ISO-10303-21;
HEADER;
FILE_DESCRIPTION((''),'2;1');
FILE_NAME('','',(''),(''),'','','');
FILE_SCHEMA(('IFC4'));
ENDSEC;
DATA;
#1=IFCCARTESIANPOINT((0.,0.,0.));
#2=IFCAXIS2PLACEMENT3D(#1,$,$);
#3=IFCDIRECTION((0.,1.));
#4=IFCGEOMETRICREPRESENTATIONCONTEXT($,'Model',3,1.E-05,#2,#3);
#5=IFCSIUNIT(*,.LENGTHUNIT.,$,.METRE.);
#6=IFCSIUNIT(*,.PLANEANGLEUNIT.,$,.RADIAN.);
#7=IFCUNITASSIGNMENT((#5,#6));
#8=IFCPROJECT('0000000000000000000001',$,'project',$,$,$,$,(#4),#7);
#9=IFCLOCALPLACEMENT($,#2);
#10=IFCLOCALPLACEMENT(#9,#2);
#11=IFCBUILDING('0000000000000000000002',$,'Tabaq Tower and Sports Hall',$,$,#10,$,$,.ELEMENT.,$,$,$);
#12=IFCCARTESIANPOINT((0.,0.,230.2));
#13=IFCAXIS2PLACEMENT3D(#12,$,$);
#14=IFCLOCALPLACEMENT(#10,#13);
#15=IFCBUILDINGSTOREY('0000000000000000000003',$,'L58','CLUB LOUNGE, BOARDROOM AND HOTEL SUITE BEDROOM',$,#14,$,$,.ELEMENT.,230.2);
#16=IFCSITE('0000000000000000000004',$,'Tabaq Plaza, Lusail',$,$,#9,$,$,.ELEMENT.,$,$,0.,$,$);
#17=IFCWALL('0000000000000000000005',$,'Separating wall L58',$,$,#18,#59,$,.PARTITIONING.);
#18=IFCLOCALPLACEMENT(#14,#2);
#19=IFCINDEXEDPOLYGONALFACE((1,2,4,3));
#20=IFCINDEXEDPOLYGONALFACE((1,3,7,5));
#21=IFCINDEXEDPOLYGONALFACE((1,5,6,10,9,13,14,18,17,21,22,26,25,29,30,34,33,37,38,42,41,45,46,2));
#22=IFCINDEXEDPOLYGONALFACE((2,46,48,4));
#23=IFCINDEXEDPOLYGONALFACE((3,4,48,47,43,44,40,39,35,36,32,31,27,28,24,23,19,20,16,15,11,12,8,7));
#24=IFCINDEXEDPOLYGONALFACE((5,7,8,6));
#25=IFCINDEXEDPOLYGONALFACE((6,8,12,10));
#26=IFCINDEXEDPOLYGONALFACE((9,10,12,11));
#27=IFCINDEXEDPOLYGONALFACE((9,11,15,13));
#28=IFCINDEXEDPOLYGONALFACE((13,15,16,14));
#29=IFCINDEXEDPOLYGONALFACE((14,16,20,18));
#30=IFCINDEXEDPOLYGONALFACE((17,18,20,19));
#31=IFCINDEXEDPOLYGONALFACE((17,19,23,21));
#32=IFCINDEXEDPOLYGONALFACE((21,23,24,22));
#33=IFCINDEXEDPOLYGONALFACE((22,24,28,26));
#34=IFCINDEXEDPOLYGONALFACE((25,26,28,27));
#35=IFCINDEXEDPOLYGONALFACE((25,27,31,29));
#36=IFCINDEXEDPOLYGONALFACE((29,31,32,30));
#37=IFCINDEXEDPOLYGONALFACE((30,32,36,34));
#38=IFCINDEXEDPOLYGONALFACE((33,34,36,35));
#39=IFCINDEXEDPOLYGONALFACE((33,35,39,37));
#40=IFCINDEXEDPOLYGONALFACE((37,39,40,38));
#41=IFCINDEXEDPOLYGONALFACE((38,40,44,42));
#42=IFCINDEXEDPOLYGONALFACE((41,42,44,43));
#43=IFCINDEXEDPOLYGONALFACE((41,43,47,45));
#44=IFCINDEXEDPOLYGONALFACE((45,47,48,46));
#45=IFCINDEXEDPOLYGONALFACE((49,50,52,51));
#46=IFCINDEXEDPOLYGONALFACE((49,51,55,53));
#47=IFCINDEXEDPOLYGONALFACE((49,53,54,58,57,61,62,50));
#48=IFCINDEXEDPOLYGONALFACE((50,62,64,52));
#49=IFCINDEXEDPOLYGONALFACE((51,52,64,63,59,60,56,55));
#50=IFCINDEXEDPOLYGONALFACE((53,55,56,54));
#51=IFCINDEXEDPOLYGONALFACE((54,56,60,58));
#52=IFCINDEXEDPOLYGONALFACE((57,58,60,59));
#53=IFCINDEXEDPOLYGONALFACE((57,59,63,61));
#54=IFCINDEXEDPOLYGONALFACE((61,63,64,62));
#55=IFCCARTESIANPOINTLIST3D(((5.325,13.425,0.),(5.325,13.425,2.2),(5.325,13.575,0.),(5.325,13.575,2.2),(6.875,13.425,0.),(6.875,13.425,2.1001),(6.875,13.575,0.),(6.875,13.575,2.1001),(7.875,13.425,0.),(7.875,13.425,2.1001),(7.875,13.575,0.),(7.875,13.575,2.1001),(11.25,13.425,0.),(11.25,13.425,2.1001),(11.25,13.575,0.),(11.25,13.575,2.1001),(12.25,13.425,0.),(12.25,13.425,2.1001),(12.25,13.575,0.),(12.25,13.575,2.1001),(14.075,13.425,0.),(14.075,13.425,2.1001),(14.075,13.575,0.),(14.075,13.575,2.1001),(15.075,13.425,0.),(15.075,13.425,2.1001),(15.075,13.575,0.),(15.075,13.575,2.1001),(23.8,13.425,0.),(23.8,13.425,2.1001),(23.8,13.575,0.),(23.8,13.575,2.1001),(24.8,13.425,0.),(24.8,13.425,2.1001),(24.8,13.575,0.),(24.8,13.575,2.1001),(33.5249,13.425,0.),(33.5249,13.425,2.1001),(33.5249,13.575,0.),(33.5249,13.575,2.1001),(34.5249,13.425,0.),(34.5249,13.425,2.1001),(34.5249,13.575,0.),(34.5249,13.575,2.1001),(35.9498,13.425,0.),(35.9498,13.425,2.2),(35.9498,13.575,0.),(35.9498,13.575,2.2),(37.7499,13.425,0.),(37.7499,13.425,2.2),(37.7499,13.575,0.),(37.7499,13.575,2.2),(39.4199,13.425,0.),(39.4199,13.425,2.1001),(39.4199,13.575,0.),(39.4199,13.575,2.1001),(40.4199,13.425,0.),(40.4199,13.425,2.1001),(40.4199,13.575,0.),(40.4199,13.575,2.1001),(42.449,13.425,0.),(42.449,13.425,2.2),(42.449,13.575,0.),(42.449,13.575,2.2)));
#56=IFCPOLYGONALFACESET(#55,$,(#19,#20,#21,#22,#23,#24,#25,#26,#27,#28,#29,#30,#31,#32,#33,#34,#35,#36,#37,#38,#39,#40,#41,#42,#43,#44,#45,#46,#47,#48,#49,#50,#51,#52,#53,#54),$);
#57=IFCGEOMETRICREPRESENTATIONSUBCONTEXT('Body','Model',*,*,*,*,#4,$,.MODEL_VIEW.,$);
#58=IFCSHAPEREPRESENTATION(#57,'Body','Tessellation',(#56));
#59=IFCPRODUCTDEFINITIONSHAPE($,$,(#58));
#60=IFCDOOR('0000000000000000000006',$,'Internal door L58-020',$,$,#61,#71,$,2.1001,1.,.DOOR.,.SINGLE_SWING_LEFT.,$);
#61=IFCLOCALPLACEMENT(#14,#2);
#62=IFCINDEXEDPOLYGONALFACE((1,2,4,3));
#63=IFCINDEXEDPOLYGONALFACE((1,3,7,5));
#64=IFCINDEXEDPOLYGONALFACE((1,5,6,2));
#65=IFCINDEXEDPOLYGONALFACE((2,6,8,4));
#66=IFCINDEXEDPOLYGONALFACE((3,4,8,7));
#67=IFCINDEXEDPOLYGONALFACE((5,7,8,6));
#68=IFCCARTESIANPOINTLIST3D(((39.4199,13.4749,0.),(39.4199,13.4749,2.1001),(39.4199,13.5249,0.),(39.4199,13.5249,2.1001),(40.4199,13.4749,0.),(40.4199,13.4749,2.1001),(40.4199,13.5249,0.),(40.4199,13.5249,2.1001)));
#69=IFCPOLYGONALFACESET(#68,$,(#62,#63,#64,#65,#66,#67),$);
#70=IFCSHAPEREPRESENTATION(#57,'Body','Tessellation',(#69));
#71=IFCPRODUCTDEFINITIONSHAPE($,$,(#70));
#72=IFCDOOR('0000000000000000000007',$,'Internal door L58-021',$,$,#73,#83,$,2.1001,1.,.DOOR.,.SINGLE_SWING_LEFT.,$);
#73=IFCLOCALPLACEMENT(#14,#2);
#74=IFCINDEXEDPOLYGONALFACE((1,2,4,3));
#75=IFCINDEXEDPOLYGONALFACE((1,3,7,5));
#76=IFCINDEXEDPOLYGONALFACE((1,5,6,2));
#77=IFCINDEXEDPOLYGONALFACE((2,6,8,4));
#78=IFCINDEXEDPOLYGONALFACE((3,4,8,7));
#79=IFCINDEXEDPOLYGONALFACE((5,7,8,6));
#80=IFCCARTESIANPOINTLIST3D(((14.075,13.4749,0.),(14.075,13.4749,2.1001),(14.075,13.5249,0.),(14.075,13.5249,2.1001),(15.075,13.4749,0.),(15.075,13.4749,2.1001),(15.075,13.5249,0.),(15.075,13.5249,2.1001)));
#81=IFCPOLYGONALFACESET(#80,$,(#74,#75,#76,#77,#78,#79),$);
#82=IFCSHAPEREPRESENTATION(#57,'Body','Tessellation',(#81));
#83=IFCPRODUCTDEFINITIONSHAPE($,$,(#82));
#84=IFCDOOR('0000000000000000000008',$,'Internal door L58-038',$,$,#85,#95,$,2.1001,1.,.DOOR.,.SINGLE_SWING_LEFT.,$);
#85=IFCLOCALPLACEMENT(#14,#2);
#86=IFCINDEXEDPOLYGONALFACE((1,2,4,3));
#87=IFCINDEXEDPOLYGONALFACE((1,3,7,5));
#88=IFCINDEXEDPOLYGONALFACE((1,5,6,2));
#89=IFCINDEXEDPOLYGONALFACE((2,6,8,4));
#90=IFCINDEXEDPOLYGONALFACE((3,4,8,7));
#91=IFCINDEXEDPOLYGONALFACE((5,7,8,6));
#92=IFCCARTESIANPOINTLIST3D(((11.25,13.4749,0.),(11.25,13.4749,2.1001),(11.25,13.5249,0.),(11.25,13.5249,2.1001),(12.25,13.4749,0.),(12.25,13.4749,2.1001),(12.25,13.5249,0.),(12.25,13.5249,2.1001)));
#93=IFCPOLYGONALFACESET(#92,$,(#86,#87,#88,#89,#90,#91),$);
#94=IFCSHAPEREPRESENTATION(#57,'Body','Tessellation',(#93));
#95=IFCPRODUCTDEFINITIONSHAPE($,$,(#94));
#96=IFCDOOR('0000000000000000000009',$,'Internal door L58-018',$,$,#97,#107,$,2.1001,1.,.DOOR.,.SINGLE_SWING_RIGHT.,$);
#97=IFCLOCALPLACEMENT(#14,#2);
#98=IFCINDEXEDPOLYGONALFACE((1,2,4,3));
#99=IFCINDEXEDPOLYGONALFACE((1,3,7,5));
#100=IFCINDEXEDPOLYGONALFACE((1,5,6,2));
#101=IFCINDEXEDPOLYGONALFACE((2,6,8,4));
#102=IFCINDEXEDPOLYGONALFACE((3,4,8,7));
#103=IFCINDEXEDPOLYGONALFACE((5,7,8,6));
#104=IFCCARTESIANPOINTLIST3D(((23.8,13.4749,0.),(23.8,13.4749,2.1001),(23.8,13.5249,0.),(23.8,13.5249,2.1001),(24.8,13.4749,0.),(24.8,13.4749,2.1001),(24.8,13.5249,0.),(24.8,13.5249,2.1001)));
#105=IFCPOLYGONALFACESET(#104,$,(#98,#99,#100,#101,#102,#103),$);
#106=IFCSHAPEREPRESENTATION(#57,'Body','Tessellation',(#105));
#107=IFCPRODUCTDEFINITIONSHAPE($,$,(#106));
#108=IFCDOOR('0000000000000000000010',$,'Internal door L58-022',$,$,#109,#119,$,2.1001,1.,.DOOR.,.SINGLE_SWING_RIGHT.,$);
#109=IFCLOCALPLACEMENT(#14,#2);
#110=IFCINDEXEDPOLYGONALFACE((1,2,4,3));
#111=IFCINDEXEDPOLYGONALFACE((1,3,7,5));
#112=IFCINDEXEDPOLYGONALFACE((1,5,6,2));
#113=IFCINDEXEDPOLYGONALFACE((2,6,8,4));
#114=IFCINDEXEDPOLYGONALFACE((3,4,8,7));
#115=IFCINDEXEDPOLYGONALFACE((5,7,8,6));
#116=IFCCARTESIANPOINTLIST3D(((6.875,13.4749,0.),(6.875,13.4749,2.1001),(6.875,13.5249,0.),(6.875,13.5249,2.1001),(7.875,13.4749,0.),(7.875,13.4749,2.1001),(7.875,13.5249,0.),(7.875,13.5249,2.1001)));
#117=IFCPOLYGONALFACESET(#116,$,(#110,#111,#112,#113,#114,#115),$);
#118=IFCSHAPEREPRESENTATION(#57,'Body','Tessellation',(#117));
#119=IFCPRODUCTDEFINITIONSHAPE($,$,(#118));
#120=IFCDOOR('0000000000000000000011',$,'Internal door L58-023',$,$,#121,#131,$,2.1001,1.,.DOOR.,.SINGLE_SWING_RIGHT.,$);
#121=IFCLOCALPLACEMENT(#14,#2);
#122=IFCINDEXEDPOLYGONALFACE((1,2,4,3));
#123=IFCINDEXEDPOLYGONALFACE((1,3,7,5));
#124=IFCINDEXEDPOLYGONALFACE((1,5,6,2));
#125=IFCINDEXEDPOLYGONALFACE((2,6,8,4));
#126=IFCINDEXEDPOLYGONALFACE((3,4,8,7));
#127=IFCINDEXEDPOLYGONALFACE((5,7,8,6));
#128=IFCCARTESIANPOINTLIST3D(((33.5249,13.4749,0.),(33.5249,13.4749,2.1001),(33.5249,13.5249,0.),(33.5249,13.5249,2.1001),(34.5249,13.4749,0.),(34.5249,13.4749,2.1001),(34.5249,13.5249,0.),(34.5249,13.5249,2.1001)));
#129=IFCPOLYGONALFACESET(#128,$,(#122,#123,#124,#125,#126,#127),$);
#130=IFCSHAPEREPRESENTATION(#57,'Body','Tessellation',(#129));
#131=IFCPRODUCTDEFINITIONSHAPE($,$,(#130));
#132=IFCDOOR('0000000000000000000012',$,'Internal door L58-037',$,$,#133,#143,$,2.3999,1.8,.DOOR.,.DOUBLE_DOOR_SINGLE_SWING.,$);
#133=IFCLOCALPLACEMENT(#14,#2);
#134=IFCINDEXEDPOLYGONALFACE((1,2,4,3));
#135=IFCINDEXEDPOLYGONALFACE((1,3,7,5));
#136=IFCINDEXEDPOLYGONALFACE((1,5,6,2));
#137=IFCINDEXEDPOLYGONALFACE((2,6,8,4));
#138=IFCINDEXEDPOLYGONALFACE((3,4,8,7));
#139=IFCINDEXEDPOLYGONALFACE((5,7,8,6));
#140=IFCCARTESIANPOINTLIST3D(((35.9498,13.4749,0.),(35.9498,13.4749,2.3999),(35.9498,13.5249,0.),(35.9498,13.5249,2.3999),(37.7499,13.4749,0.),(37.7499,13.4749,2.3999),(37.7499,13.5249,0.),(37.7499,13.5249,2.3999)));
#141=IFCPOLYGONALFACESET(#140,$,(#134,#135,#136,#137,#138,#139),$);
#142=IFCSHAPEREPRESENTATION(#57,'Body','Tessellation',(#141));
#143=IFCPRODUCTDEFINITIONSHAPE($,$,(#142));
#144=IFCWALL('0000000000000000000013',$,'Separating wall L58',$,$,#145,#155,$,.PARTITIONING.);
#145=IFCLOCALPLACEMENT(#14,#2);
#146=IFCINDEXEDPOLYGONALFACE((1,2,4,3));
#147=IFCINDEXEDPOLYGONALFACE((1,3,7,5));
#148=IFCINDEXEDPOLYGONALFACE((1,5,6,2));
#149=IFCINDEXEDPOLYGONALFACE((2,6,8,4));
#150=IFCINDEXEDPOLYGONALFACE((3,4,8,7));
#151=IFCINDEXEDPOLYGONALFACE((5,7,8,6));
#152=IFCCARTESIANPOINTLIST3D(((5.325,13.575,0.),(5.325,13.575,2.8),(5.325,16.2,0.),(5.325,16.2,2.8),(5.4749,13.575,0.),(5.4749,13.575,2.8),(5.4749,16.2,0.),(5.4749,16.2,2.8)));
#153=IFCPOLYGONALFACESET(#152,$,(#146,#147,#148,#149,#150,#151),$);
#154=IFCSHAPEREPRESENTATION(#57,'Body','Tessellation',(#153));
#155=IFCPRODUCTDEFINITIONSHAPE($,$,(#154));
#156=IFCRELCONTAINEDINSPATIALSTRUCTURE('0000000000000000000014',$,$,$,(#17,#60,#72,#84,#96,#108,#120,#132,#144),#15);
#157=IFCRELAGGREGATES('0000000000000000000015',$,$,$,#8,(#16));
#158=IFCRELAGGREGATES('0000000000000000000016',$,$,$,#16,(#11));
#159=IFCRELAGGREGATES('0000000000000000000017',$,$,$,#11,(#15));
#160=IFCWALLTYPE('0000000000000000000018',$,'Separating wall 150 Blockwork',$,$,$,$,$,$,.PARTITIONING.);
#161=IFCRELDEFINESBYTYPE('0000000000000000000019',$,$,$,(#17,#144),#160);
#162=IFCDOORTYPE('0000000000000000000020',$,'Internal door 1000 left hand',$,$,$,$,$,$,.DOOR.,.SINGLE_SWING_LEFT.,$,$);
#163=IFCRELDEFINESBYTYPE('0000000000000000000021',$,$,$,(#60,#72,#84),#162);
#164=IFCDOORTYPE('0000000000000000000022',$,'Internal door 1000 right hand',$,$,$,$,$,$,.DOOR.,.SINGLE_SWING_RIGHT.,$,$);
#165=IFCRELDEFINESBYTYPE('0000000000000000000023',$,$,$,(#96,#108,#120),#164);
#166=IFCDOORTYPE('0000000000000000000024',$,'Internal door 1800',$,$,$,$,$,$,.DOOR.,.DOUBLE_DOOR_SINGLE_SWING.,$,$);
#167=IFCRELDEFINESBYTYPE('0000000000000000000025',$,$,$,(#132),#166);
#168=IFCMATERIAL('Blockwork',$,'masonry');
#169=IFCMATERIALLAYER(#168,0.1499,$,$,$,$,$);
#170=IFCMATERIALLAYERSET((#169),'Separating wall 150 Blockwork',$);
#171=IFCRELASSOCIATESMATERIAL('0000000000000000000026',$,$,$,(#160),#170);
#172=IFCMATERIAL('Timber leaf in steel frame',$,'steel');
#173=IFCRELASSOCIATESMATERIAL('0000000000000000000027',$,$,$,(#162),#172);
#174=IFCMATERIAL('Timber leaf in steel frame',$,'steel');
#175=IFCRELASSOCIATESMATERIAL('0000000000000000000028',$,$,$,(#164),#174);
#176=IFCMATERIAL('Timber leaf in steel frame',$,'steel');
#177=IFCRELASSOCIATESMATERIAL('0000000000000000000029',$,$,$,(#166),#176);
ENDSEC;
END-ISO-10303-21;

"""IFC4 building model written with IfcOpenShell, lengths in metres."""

from ifc_helpers import new_model, si_unit, direction, frame, frame_2d, origin, place, context, subcontext, project, spatial, rectangle, extrude, material, layer, layer_set, type_object, element, fill, save


model = new_model("IFC4")

# Units and contexts
model_context = context("Model", 3, precision=1e-05, world=origin(), true_north=direction((0.0, 1.0)))
body_context = subcontext(model_context, "Body", "Model", "MODEL_VIEW")
ifc_project = project(units=[si_unit("LENGTHUNIT", "METRE"), si_unit("PLANEANGLEUNIT", "RADIAN")], contexts=[model_context])

# Site, building, storey
site_placement = place(None, origin())
site = spatial("IfcSite", under=ifc_project, at=site_placement, Name="Tabaq Plaza, Lusail", CompositionType="ELEMENT", RefElevation=0.0)
building_placement = place(site_placement, origin())
building = spatial("IfcBuilding", under=site, at=building_placement, Name="Tabaq Tower and Sports Hall", CompositionType="ELEMENT")
storey_placement = place(building_placement, frame((0.0, 0.0, 230.2)))
storey = spatial("IfcBuildingStorey", under=building, at=storey_placement, Name="L58", Description="CLUB LOUNGE, BOARDROOM AND HOTEL SUITE BEDROOM", CompositionType="ELEMENT", Elevation=230.2)

# Shared definitions
ifc_material_1 = material(Name="Blockwork", Category="masonry")
ifc_layer_1 = layer(ifc_material_1, 0.1499)
ifc_layer_set_1 = layer_set([ifc_layer_1], Name="Separating wall 150 Blockwork")
wall_type_1 = type_object("IfcWallType", Name="Separating wall 150 Blockwork", PredefinedType="PARTITIONING", material=ifc_layer_set_1)

# Wall, openings, doors
ifc_material_2 = material(Name="Timber leaf in steel frame", Category="steel")
door_type_1 = type_object("IfcDoorType", Name="Internal door 1000 left hand", OperationType="SINGLE_SWING_LEFT", PredefinedType="DOOR", material=ifc_material_2)
ifc_material_3 = material(Name="Timber leaf in steel frame", Category="steel")
door_type_2 = type_object("IfcDoorType", Name="Internal door 1000 right hand", OperationType="SINGLE_SWING_RIGHT", PredefinedType="DOOR", material=ifc_material_3)
wall_1_placement = place(storey_placement, frame((5.325, 13.5, 0.0), z_axis=(0.0, 0.0, 1.0), x_axis=(1.0, 0.0, 0.0)))
wall_1 = element("IfcWall", 1, at=wall_1_placement, inside=storey, type_object=wall_type_1, Name="Separating wall L58", PredefinedType="PARTITIONING", context=body_context, shape_type="SweptSolid", body=[
    extrude(rectangle(XDim=37.124, YDim=0.1499, at=frame_2d((18.562, 0.0))), origin(), (0.0, 0.0, 1.0), 2.2),
])
opening_1_placement = place(wall_1_placement, frame((18.4751, 0.0, 0.0)))
opening_1 = element("IfcOpeningElement", 2, at=opening_1_placement, cuts=wall_1, PredefinedType="OPENING", context=body_context, shape_type="SweptSolid", body=[
    extrude(rectangle(XDim=1.0, YDim=2.1001, at=frame_2d((0.5, 1.05))), frame((0.0, 0.075, 0.0), z_axis=(0.0, -1.0, 0.0), x_axis=(1.0, 0.0, 0.0)), (0.0, 0.0, 1.0), 0.1499),
])
opening_2_placement = place(wall_1_placement, frame((34.095, 0.0, 0.0)))
opening_2 = element("IfcOpeningElement", 3, at=opening_2_placement, cuts=wall_1, PredefinedType="OPENING", context=body_context, shape_type="SweptSolid", body=[
    extrude(rectangle(XDim=1.0, YDim=2.1001, at=frame_2d((0.5, 1.05))), frame((0.0, 0.075, 0.0), z_axis=(0.0, -1.0, 0.0), x_axis=(1.0, 0.0, 0.0)), (0.0, 0.0, 1.0), 0.1499),
])
opening_3_placement = place(wall_1_placement, frame((8.75, 0.0, 0.0)))
opening_3 = element("IfcOpeningElement", 4, at=opening_3_placement, cuts=wall_1, PredefinedType="OPENING", context=body_context, shape_type="SweptSolid", body=[
    extrude(rectangle(XDim=1.0, YDim=2.1001, at=frame_2d((0.5, 1.05))), frame((0.0, 0.075, 0.0), z_axis=(0.0, -1.0, 0.0), x_axis=(1.0, 0.0, 0.0)), (0.0, 0.0, 1.0), 0.1499),
])
opening_4_placement = place(wall_1_placement, frame((1.55, 0.0, 0.0)))
opening_4 = element("IfcOpeningElement", 5, at=opening_4_placement, cuts=wall_1, PredefinedType="OPENING", context=body_context, shape_type="SweptSolid", body=[
    extrude(rectangle(XDim=1.0, YDim=2.1001, at=frame_2d((0.5, 1.05))), frame((0.0, 0.075, 0.0), z_axis=(0.0, -1.0, 0.0), x_axis=(1.0, 0.0, 0.0)), (0.0, 0.0, 1.0), 0.1499),
])
opening_5_placement = place(wall_1_placement, frame((28.2, 0.0, 0.0)))
opening_5 = element("IfcOpeningElement", 6, at=opening_5_placement, cuts=wall_1, PredefinedType="OPENING", context=body_context, shape_type="SweptSolid", body=[
    extrude(rectangle(XDim=1.0, YDim=2.1001, at=frame_2d((0.5, 1.05))), frame((0.0, 0.075, 0.0), z_axis=(0.0, -1.0, 0.0), x_axis=(1.0, 0.0, 0.0)), (0.0, 0.0, 1.0), 0.1499),
])
opening_6_placement = place(wall_1_placement, frame((30.625, 0.0, 0.0)))
opening_6 = element("IfcOpeningElement", 7, at=opening_6_placement, cuts=wall_1, PredefinedType="OPENING", context=body_context, shape_type="SweptSolid", body=[
    extrude(rectangle(XDim=1.8, YDim=2.3999, at=frame_2d((0.8999, 1.2))), frame((0.0, 0.075, 0.0), z_axis=(0.0, -1.0, 0.0), x_axis=(1.0, 0.0, 0.0)), (0.0, 0.0, 1.0), 0.1499),
])
opening_7_placement = place(wall_1_placement, frame((5.925, 0.0, 0.0)))
opening_7 = element("IfcOpeningElement", 8, at=opening_7_placement, cuts=wall_1, PredefinedType="OPENING", context=body_context, shape_type="SweptSolid", body=[
    extrude(rectangle(XDim=1.0, YDim=2.1001, at=frame_2d((0.5, 1.05))), frame((0.0, 0.075, 0.0), z_axis=(0.0, -1.0, 0.0), x_axis=(1.0, 0.0, 0.0)), (0.0, 0.0, 1.0), 0.1499),
])
door_1_placement = place(opening_2_placement, origin())
door_1 = element("IfcDoor", 9, at=door_1_placement, inside=storey, type_object=door_type_1, Name="Internal door L58-020", OperationType="SINGLE_SWING_LEFT", OverallHeight=2.1001, OverallWidth=1.0, PredefinedType="DOOR", context=body_context, shape_type="SweptSolid", body=[
    extrude(rectangle(XDim=1.0, YDim=2.1001, at=frame_2d((0.5, 1.05))), frame((0.0, 0.0249, 0.0), z_axis=(0.0, -1.0, 0.0), x_axis=(1.0, 0.0, 0.0)), (0.0, 0.0, 1.0), 0.05),
])
fill(opening_2, door_1)
door_2_placement = place(opening_3_placement, origin())
door_2 = element("IfcDoor", 10, at=door_2_placement, inside=storey, type_object=door_type_1, Name="Internal door L58-021", OperationType="SINGLE_SWING_LEFT", OverallHeight=2.1001, OverallWidth=1.0, PredefinedType="DOOR", context=body_context, shape_type="SweptSolid", body=[
    extrude(rectangle(XDim=1.0, YDim=2.1001, at=frame_2d((0.5, 1.05))), frame((0.0, 0.0249, 0.0), z_axis=(0.0, -1.0, 0.0), x_axis=(1.0, 0.0, 0.0)), (0.0, 0.0, 1.0), 0.05),
])
fill(opening_3, door_2)
door_3_placement = place(opening_7_placement, origin())
door_3 = element("IfcDoor", 11, at=door_3_placement, inside=storey, type_object=door_type_1, Name="Internal door L58-038", OperationType="SINGLE_SWING_LEFT", OverallHeight=2.1001, OverallWidth=1.0, PredefinedType="DOOR", context=body_context, shape_type="SweptSolid", body=[
    extrude(rectangle(XDim=1.0, YDim=2.1001, at=frame_2d((0.5, 1.05))), frame((0.0, 0.0249, 0.0), z_axis=(0.0, -1.0, 0.0), x_axis=(1.0, 0.0, 0.0)), (0.0, 0.0, 1.0), 0.05),
])
fill(opening_7, door_3)
door_4_placement = place(opening_1_placement, origin())
door_4 = element("IfcDoor", 12, at=door_4_placement, inside=storey, type_object=door_type_2, Name="Internal door L58-018", OperationType="SINGLE_SWING_RIGHT", OverallHeight=2.1001, OverallWidth=1.0, PredefinedType="DOOR", context=body_context, shape_type="SweptSolid", body=[
    extrude(rectangle(XDim=1.0, YDim=2.1001, at=frame_2d((0.5, 1.05))), frame((0.0, 0.0249, 0.0), z_axis=(0.0, -1.0, 0.0), x_axis=(1.0, 0.0, 0.0)), (0.0, 0.0, 1.0), 0.05),
])
fill(opening_1, door_4)
door_5_placement = place(opening_4_placement, origin())
door_5 = element("IfcDoor", 13, at=door_5_placement, inside=storey, type_object=door_type_2, Name="Internal door L58-022", OperationType="SINGLE_SWING_RIGHT", OverallHeight=2.1001, OverallWidth=1.0, PredefinedType="DOOR", context=body_context, shape_type="SweptSolid", body=[
    extrude(rectangle(XDim=1.0, YDim=2.1001, at=frame_2d((0.5, 1.05))), frame((0.0, 0.0249, 0.0), z_axis=(0.0, -1.0, 0.0), x_axis=(1.0, 0.0, 0.0)), (0.0, 0.0, 1.0), 0.05),
])
fill(opening_4, door_5)
door_6_placement = place(opening_5_placement, origin())
door_6 = element("IfcDoor", 14, at=door_6_placement, inside=storey, type_object=door_type_2, Name="Internal door L58-023", OperationType="SINGLE_SWING_RIGHT", OverallHeight=2.1001, OverallWidth=1.0, PredefinedType="DOOR", context=body_context, shape_type="SweptSolid", body=[
    extrude(rectangle(XDim=1.0, YDim=2.1001, at=frame_2d((0.5, 1.05))), frame((0.0, 0.0249, 0.0), z_axis=(0.0, -1.0, 0.0), x_axis=(1.0, 0.0, 0.0)), (0.0, 0.0, 1.0), 0.05),
])
fill(opening_5, door_6)
ifc_material_4 = material(Name="Timber leaf in steel frame", Category="steel")
door_type_3 = type_object("IfcDoorType", Name="Internal door 1800", OperationType="DOUBLE_DOOR_SINGLE_SWING", PredefinedType="DOOR", material=ifc_material_4)
door_7_placement = place(opening_6_placement, origin())
door_7 = element("IfcDoor", 15, at=door_7_placement, inside=storey, type_object=door_type_3, Name="Internal door L58-037", OperationType="DOUBLE_DOOR_SINGLE_SWING", OverallHeight=2.3999, OverallWidth=1.8, PredefinedType="DOOR", context=body_context, shape_type="SweptSolid", body=[
    extrude(rectangle(XDim=1.8, YDim=2.3999, at=frame_2d((0.8999, 1.2))), frame((0.0, 0.0249, 0.0), z_axis=(0.0, -1.0, 0.0), x_axis=(1.0, 0.0, 0.0)), (0.0, 0.0, 1.0), 0.05),
])
fill(opening_6, door_7)

# Wall
wall_2_placement = place(storey_placement, frame((5.3999, 13.575, 0.0), z_axis=(0.0, 0.0, 1.0), x_axis=(0.0, 1.0, 0.0)))
element("IfcWall", 16, at=wall_2_placement, inside=storey, type_object=wall_type_1, Name="Separating wall L58", PredefinedType="PARTITIONING", context=body_context, shape_type="SweptSolid", body=[
    extrude(rectangle(XDim=2.625, YDim=0.1499, at=frame_2d((1.3125, 0.0))), origin(), (0.0, 0.0, 1.0), 2.8),
])

save(model, "model.ifc")
